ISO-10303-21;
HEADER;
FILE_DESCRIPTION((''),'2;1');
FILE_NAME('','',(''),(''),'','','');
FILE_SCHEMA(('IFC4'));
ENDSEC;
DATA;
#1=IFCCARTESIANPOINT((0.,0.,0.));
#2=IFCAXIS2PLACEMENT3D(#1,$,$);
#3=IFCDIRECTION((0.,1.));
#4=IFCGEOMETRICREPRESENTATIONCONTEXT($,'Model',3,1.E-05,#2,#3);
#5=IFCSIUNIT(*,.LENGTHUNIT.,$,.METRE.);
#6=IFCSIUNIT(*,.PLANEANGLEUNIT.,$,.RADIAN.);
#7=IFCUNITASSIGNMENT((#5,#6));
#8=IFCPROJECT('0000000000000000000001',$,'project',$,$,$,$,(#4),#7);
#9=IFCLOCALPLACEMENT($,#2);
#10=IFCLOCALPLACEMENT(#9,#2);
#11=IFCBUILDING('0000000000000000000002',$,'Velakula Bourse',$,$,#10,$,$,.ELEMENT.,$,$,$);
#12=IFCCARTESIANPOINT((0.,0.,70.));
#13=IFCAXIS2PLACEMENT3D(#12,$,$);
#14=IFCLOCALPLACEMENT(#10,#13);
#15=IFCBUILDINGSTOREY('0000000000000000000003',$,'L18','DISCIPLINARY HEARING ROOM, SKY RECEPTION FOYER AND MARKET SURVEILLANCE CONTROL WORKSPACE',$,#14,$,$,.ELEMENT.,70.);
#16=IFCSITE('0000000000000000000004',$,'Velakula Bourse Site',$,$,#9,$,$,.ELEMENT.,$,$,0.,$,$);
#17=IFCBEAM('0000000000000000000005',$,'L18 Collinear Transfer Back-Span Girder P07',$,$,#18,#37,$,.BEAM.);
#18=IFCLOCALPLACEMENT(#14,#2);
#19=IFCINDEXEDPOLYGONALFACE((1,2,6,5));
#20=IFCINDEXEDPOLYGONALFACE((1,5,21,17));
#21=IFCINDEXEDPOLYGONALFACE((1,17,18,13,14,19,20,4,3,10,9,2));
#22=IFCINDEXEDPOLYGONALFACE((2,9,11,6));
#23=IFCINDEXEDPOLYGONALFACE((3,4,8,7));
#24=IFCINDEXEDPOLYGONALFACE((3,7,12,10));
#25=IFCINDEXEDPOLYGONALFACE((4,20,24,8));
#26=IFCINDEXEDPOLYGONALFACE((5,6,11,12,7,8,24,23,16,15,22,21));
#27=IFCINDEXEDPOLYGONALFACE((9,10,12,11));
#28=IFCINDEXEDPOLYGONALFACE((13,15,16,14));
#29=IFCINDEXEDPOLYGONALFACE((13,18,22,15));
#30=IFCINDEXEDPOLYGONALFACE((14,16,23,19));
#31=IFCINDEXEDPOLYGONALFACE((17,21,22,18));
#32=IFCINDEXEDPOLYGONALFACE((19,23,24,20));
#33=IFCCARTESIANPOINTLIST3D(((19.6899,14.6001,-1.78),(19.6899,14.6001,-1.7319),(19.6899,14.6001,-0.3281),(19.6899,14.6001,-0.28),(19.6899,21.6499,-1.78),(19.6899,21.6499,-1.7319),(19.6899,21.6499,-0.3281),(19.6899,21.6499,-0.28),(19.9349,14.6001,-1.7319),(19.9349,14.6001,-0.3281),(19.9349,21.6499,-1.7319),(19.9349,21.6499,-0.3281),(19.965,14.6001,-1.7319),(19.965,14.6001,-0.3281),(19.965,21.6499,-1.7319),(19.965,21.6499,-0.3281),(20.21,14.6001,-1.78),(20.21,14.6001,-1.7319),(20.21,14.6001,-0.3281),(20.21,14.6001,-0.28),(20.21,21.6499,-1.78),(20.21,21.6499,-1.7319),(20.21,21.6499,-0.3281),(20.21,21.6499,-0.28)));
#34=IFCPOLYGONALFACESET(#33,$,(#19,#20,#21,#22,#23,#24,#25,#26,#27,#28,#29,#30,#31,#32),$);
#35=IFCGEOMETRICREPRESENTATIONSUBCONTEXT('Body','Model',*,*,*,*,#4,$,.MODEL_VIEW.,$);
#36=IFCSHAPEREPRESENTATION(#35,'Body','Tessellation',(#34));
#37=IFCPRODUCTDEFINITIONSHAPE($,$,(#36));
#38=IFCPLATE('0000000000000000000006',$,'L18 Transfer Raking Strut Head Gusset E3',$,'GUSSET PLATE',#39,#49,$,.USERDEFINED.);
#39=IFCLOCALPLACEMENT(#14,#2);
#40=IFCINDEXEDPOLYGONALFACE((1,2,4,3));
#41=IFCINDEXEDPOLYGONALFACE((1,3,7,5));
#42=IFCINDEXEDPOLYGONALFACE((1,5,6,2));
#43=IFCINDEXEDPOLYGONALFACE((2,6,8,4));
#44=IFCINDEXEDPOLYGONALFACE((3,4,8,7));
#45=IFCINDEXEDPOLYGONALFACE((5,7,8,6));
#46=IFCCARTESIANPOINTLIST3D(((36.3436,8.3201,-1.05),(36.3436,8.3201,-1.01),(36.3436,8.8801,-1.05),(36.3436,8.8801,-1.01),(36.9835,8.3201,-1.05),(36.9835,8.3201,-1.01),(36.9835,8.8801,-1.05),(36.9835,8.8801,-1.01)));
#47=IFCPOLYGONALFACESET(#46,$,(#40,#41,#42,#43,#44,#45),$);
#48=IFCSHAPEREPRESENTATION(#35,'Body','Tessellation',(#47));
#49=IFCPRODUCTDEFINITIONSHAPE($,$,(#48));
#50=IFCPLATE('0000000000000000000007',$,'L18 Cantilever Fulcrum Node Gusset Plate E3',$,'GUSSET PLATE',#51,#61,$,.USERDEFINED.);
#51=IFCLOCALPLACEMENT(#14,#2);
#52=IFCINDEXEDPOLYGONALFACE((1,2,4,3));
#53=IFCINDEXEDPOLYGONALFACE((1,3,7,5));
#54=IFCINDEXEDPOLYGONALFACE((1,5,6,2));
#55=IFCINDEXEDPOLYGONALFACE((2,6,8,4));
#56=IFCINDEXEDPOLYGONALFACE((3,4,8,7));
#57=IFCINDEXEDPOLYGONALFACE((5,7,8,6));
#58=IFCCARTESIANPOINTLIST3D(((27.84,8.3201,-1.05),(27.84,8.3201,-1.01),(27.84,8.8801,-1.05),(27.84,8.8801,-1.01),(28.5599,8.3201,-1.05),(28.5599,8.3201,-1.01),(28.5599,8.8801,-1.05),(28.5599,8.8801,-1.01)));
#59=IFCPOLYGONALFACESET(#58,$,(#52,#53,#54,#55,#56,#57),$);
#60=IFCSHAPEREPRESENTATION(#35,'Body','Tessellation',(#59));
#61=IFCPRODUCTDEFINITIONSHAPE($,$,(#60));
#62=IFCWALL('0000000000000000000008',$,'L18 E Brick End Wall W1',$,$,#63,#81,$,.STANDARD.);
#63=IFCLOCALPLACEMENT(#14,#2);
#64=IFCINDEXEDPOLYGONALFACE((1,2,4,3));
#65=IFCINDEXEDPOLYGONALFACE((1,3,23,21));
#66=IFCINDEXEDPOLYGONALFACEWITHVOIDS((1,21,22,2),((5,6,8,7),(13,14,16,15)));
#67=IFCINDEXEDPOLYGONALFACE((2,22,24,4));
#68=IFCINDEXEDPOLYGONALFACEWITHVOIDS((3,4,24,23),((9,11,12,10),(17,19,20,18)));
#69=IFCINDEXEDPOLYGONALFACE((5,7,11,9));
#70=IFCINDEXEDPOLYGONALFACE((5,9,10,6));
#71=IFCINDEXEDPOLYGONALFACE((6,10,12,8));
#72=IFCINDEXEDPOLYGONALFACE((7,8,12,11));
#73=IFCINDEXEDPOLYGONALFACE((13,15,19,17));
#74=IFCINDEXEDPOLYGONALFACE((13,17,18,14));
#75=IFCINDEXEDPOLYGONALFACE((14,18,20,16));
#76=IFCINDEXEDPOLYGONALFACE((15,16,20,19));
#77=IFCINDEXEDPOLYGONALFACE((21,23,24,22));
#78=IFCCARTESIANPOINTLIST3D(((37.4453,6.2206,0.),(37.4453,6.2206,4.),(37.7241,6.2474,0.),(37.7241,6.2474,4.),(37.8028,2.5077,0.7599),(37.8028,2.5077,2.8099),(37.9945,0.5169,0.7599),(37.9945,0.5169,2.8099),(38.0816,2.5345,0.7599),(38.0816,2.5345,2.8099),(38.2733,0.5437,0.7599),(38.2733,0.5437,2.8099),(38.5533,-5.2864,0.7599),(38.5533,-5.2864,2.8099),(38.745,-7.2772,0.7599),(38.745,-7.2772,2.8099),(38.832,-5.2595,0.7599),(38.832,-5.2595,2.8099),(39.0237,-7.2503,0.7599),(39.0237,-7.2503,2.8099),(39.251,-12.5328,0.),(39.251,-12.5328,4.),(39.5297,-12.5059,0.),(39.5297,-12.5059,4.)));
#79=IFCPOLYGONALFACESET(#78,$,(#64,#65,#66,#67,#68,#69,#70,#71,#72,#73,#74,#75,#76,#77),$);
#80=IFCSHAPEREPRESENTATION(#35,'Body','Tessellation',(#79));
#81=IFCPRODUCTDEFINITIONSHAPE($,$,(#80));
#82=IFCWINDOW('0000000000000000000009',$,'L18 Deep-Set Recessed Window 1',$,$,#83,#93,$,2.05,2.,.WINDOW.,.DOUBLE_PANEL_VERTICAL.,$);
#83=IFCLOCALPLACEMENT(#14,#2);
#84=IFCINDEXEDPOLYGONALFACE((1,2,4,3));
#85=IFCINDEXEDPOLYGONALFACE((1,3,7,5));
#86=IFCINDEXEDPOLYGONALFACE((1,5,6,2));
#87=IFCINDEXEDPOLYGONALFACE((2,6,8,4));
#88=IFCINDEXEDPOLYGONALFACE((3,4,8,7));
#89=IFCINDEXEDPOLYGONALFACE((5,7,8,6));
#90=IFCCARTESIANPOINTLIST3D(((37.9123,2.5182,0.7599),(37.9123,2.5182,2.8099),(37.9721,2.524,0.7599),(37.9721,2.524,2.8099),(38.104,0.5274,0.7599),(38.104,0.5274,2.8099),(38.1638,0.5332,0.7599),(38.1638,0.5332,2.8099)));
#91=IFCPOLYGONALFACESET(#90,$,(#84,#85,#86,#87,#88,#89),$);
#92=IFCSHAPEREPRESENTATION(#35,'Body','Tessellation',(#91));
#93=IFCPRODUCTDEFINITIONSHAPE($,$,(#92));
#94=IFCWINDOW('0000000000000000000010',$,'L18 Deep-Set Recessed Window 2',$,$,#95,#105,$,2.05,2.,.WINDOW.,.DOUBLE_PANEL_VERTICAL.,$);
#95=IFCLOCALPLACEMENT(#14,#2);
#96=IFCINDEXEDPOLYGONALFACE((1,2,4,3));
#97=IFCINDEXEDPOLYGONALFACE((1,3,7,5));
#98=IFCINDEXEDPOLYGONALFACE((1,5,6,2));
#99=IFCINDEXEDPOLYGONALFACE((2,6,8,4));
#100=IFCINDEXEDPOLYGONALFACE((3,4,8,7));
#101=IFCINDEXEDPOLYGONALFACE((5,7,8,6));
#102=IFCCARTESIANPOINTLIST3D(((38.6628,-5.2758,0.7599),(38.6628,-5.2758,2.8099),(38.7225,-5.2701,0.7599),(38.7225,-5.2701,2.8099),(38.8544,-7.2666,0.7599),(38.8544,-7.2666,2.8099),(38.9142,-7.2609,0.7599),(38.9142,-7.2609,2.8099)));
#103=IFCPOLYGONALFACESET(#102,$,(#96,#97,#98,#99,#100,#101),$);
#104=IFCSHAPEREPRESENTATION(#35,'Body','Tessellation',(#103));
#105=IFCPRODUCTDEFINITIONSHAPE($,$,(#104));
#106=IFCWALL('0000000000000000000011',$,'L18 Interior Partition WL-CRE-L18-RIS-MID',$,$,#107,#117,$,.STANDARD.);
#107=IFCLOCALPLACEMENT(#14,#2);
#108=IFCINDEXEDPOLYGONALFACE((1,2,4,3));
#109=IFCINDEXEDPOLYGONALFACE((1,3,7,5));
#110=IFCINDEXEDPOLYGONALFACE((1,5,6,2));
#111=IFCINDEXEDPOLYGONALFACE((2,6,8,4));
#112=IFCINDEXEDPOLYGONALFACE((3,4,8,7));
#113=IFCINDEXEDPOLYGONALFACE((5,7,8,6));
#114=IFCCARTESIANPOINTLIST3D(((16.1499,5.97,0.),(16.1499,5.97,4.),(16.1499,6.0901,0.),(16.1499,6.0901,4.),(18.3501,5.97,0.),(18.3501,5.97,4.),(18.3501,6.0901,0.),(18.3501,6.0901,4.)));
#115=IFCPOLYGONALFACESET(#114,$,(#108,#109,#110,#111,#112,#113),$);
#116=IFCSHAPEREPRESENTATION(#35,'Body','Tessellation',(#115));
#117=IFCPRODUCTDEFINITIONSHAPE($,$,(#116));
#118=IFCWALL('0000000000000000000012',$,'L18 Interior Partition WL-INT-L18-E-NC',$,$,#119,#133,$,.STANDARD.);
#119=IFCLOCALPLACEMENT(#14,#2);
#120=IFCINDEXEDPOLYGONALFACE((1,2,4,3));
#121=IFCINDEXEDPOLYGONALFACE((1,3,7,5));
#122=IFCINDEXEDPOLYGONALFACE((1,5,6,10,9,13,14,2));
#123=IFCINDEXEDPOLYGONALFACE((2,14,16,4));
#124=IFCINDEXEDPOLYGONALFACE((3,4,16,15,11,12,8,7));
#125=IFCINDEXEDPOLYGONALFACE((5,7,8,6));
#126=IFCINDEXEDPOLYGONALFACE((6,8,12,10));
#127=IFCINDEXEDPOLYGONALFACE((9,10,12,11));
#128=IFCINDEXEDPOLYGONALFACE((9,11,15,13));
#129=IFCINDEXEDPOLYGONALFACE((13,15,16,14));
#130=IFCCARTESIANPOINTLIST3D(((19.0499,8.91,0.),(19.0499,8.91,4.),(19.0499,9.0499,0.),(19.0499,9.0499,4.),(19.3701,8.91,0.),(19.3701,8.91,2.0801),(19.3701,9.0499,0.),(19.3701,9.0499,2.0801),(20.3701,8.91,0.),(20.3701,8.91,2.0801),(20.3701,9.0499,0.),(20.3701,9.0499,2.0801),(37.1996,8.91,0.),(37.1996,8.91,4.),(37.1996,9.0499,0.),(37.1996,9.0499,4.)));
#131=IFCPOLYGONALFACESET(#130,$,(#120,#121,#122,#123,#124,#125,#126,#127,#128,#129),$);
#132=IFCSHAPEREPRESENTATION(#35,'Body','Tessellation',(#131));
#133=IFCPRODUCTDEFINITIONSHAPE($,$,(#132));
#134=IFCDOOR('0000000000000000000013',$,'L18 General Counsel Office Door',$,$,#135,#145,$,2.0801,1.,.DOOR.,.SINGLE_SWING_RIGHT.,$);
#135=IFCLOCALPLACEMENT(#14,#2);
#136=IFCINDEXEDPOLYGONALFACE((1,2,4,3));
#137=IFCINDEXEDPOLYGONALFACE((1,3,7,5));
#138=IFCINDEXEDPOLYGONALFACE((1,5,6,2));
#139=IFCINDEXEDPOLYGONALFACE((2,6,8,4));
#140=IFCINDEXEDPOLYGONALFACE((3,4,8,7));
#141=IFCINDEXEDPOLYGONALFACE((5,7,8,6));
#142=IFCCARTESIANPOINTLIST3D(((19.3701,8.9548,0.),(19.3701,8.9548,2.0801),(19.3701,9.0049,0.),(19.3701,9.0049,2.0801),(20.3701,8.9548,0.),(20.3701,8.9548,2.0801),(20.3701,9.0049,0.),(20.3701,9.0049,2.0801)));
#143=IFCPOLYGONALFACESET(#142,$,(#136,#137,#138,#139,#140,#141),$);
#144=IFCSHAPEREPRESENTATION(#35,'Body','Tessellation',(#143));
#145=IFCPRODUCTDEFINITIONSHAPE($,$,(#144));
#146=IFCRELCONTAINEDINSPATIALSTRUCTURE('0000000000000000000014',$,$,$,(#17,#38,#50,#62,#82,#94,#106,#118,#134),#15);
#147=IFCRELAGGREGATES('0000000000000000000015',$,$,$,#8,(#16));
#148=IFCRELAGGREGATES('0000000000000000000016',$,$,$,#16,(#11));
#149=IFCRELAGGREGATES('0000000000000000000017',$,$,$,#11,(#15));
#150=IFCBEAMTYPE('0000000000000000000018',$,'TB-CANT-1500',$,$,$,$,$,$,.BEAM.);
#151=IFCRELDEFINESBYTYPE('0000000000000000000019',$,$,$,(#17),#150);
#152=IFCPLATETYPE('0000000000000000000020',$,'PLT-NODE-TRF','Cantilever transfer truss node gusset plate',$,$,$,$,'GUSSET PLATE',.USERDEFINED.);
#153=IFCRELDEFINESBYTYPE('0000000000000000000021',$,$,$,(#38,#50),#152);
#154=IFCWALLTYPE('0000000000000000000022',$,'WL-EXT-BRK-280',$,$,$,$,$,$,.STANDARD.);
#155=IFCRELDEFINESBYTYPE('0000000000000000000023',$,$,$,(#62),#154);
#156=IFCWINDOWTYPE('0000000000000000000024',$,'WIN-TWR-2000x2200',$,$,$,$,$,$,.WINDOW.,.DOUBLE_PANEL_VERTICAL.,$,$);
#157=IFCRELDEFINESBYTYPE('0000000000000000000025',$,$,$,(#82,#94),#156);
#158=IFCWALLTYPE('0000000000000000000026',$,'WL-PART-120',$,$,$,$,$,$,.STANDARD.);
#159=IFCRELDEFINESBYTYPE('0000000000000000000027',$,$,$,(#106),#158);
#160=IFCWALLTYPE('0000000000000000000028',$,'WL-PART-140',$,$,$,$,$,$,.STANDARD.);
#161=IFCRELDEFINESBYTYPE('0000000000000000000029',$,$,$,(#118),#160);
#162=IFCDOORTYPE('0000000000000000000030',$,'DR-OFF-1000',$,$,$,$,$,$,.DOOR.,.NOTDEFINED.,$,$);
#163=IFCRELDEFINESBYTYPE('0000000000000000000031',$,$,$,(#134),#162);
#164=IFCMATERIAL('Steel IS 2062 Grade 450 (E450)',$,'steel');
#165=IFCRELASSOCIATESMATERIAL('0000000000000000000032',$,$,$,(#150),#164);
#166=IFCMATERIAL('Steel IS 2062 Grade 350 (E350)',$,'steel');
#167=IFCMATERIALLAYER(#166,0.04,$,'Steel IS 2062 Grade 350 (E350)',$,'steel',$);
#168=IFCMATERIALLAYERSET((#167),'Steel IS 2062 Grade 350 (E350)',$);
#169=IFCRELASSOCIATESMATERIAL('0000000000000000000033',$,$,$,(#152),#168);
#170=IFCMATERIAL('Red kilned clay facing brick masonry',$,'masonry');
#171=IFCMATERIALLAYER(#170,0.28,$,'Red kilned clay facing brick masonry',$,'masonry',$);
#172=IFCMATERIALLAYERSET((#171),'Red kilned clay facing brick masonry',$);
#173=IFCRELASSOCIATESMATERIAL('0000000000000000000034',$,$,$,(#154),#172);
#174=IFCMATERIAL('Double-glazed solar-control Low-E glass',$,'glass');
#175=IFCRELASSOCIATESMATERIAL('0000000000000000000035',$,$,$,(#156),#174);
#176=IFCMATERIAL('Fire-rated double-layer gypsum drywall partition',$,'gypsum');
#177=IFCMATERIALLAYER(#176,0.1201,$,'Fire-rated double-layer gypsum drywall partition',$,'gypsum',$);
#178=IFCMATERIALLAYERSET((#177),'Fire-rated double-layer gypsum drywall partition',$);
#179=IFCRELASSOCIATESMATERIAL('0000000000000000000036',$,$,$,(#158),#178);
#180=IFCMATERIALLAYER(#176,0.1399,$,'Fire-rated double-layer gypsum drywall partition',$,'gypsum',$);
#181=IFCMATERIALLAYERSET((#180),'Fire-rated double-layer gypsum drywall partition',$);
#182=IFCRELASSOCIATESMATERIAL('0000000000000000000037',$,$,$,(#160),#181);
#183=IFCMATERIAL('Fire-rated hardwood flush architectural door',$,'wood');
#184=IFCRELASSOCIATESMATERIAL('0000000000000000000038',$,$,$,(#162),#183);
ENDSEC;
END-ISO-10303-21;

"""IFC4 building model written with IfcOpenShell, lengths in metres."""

from ifc_helpers import new_model, si_unit, direction, frame, frame_2d, origin, origin_2d, place, context, subcontext, project, spatial, rectangle, i_section, extrude, material, layer, layer_set, material_profile, profile_set, type_object, element, fill, save


model = new_model("IFC4")

# Units and contexts
model_context = context("Model", 3, precision=1e-05, world=origin(), true_north=direction((0.0, 1.0)))
body_context = subcontext(model_context, "Body", "Model", "MODEL_VIEW")
ifc_project = project(units=[si_unit("LENGTHUNIT", "METRE"), si_unit("PLANEANGLEUNIT", "RADIAN")], contexts=[model_context])

# Site, building, storey
site_placement = place(None, origin())
site = spatial("IfcSite", under=ifc_project, at=site_placement, Name="Velakula Bourse Site", CompositionType="ELEMENT", RefElevation=0.0)
building_placement = place(site_placement, origin())
building = spatial("IfcBuilding", under=site, at=building_placement, Name="Velakula Bourse", CompositionType="ELEMENT")
storey_placement = place(building_placement, frame((0.0, 0.0, 70.0)))
storey = spatial("IfcBuildingStorey", under=building, at=storey_placement, Name="L18", Description="DISCIPLINARY HEARING ROOM, SKY RECEPTION FOYER AND MARKET SURVEILLANCE CONTROL WORKSPACE", CompositionType="ELEMENT", Elevation=70.0)

# Shared definitions
ifc_material_1 = material(Name="Steel IS 2062 Grade 450 (E450)", Category="steel")

# Beam
ifc_material_2 = material(Name="Steel IS 2062 Grade 350 (E350)", Category="steel")
ifc_material_profile_1 = material_profile(ifc_material_1, i_section(OverallWidth=0.52, OverallDepth=1.5, WebThickness=0.03, FlangeThickness=0.0481, at=origin_2d()), Name="Steel IS 2062 Grade 450 (E450)")
ifc_profile_set_1 = profile_set([ifc_material_profile_1], Name="Steel IS 2062 Grade 450 (E450)")
beam_type_1 = type_object("IfcBeamType", Name="TB-CANT-1500", PredefinedType="BEAM", material=ifc_profile_set_1)
beam_1_placement = place(storey_placement, frame((19.95, 14.6001, -1.03), z_axis=(0.0, 1.0, 0.0), x_axis=(-1.0, 0.0, 0.0)))
element("IfcBeam", 1, at=beam_1_placement, inside=storey, type_object=beam_type_1, Name="L18 Collinear Transfer Back-Span Girder P07", PredefinedType="BEAM", context=body_context, shape_type="SweptSolid", body=[
    extrude(i_section(OverallWidth=0.52, OverallDepth=1.5, WebThickness=0.03, FlangeThickness=0.0481, at=origin_2d()), origin(), (0.0, 0.0, 1.0), 7.0498),
])

# Plates
ifc_layer_1 = layer(ifc_material_2, 0.04, Name="Steel IS 2062 Grade 350 (E350)", Category="steel")
ifc_layer_set_1 = layer_set([ifc_layer_1], Name="Steel IS 2062 Grade 350 (E350)")
plate_type = type_object("IfcPlateType", Name="PLT-NODE-TRF", Description="Cantilever transfer truss node gusset plate", ElementType="GUSSET PLATE", PredefinedType="USERDEFINED", material=ifc_layer_set_1)
plate_1_placement = place(storey_placement, frame((36.6636, 8.6001, -1.05), z_axis=(0.0, 0.0, 1.0), x_axis=(1.0, 0.0, 0.0)))
element("IfcPlate", 2, at=plate_1_placement, inside=storey, type_object=plate_type, Name="L18 Transfer Raking Strut Head Gusset E3", ObjectType="GUSSET PLATE", PredefinedType="USERDEFINED", context=body_context, shape_type="SweptSolid", body=[
    extrude(rectangle(XDim=0.6399, YDim=0.5601, at=origin_2d()), origin(), (0.0, 0.0, 1.0), 0.04),
])
plate_2_placement = place(storey_placement, frame((28.2, 8.6001, -1.05), z_axis=(0.0, 0.0, 1.0), x_axis=(1.0, 0.0, 0.0)))
element("IfcPlate", 3, at=plate_2_placement, inside=storey, type_object=plate_type, Name="L18 Cantilever Fulcrum Node Gusset Plate E3", ObjectType="GUSSET PLATE", PredefinedType="USERDEFINED", context=body_context, shape_type="SweptSolid", body=[
    extrude(rectangle(XDim=0.72, YDim=0.5601, at=origin_2d()), origin(), (0.0, 0.0, 1.0), 0.04),
])

# Wall, openings, windows
ifc_material_3 = material(Name="Red kilned clay facing brick masonry", Category="masonry")
ifc_layer_2 = layer(ifc_material_3, 0.28, Name="Red kilned clay facing brick masonry", Category="masonry")
ifc_layer_set_2 = layer_set([ifc_layer_2], Name="Red kilned clay facing brick masonry")
wall_type_1 = type_object("IfcWallType", Name="WL-EXT-BRK-280", PredefinedType="STANDARD", material=ifc_layer_set_2)
wall_1_placement = place(storey_placement, frame((37.5847, 6.2339, 0.0), z_axis=(0.0, 0.0, 1.0), x_axis=(0.095841, -0.995397, 0.0)))
wall_1 = element("IfcWall", 4, at=wall_1_placement, inside=storey, type_object=wall_type_1, Name="L18 E Brick End Wall W1", PredefinedType="STANDARD", context=body_context, shape_type="SweptSolid", body=[
    extrude(rectangle(XDim=18.8401, YDim=0.28, at=frame_2d((9.4199, 0.0))), origin(), (0.0, 0.0, 1.0), 4.0),
])
opening_1_placement = place(wall_1_placement, frame((3.73, 0.0, 0.76)))
opening_1 = element("IfcOpeningElement", 5, at=opening_1_placement, cuts=wall_1, PredefinedType="OPENING", context=body_context, shape_type="SweptSolid", body=[
    extrude(rectangle(XDim=2.0, YDim=2.05, at=frame_2d((1.0, 1.0249))), frame((0.0, 0.1499, 0.0), z_axis=(0.0, -1.0, 0.0), x_axis=(1.0, 0.0, 0.0)), (0.0, 0.0, 1.0), 0.3),
])
opening_2_placement = place(wall_1_placement, frame((11.5601, 0.0, 0.76)))
opening_2 = element("IfcOpeningElement", 6, at=opening_2_placement, cuts=wall_1, PredefinedType="OPENING", context=body_context, shape_type="SweptSolid", body=[
    extrude(rectangle(XDim=2.0, YDim=2.05, at=frame_2d((1.0, 1.0249))), frame((0.0, 0.1499, 0.0), z_axis=(0.0, -1.0, 0.0), x_axis=(1.0, 0.0, 0.0)), (0.0, 0.0, 1.0), 0.3),
])
ifc_material_4 = material(Name="Double-glazed solar-control Low-E glass", Category="glass")
window_type = type_object("IfcWindowType", Name="WIN-TWR-2000x2200", PartitioningType="DOUBLE_PANEL_VERTICAL", PredefinedType="WINDOW", material=ifc_material_4)
window_1_placement = place(opening_1_placement, origin())
window_1 = element("IfcWindow", 7, at=window_1_placement, inside=storey, type_object=window_type, Name="L18 Deep-Set Recessed Window 1", OverallHeight=2.05, OverallWidth=2.0, PartitioningType="DOUBLE_PANEL_VERTICAL", PredefinedType="WINDOW", context=body_context, shape_type="SweptSolid", body=[
    extrude(rectangle(XDim=2.0, YDim=2.05, at=frame_2d((1.0, 1.0249))), frame((0.0, 0.03, 0.0), z_axis=(0.0, -1.0, 0.0), x_axis=(1.0, 0.0, 0.0)), (0.0, 0.0, 1.0), 0.0601),
])
fill(opening_1, window_1)
window_2_placement = place(opening_2_placement, origin())
window_2 = element("IfcWindow", 8, at=window_2_placement, inside=storey, type_object=window_type, Name="L18 Deep-Set Recessed Window 2", OverallHeight=2.05, OverallWidth=2.0, PartitioningType="DOUBLE_PANEL_VERTICAL", PredefinedType="WINDOW", context=body_context, shape_type="SweptSolid", body=[
    extrude(rectangle(XDim=2.0, YDim=2.05, at=frame_2d((1.0, 1.0249))), frame((0.0, 0.03, 0.0), z_axis=(0.0, -1.0, 0.0), x_axis=(1.0, 0.0, 0.0)), (0.0, 0.0, 1.0), 0.0601),
])
fill(opening_2, window_2)

# Wall
ifc_material_5 = material(Name="Fire-rated double-layer gypsum drywall partition", Category="gypsum")
ifc_layer_3 = layer(ifc_material_5, 0.1201, Name="Fire-rated double-layer gypsum drywall partition", Category="gypsum")
ifc_layer_set_3 = layer_set([ifc_layer_3], Name="Fire-rated double-layer gypsum drywall partition")
wall_type_2 = type_object("IfcWallType", Name="WL-PART-120", PredefinedType="STANDARD", material=ifc_layer_set_3)
wall_2_placement = place(storey_placement, frame((16.1499, 6.03, 0.0), z_axis=(0.0, 0.0, 1.0), x_axis=(1.0, 0.0, 0.0)))
element("IfcWall", 9, at=wall_2_placement, inside=storey, type_object=wall_type_2, Name="L18 Interior Partition WL-CRE-L18-RIS-MID", PredefinedType="STANDARD", context=body_context, shape_type="SweptSolid", body=[
    extrude(rectangle(XDim=2.2002, YDim=0.1201, at=frame_2d((1.1001, 0.0))), origin(), (0.0, 0.0, 1.0), 4.0),
])

# Wall, opening, door
ifc_layer_4 = layer(ifc_material_5, 0.1399, Name="Fire-rated double-layer gypsum drywall partition", Category="gypsum")
ifc_layer_set_4 = layer_set([ifc_layer_4], Name="Fire-rated double-layer gypsum drywall partition")
wall_type_3 = type_object("IfcWallType", Name="WL-PART-140", PredefinedType="STANDARD", material=ifc_layer_set_4)
wall_3_placement = place(storey_placement, frame((19.05, 8.98, 0.0), z_axis=(0.0, 0.0, 1.0), x_axis=(1.0, 0.0, 0.0)))
wall_3 = element("IfcWall", 10, at=wall_3_placement, inside=storey, type_object=wall_type_3, Name="L18 Interior Partition WL-INT-L18-E-NC", PredefinedType="STANDARD", context=body_context, shape_type="SweptSolid", body=[
    extrude(rectangle(XDim=18.1497, YDim=0.1399, at=frame_2d((9.0747, 0.0))), origin(), (0.0, 0.0, 1.0), 4.0),
])
opening_3_placement = place(wall_3_placement, frame((0.3201, 0.0, 0.0)))
opening_3 = element("IfcOpeningElement", 11, at=opening_3_placement, cuts=wall_3, PredefinedType="OPENING", context=body_context, shape_type="SweptSolid", body=[
    extrude(rectangle(XDim=1.0, YDim=2.0801, at=frame_2d((0.5, 1.04))), frame((0.0, 0.0798, 0.0), z_axis=(0.0, -1.0, 0.0), x_axis=(1.0, 0.0, 0.0)), (0.0, 0.0, 1.0), 0.1599),
])
ifc_material_6 = material(Name="Fire-rated hardwood flush architectural door", Category="wood")
door_type = type_object("IfcDoorType", Name="DR-OFF-1000", OperationType="NOTDEFINED", PredefinedType="DOOR", material=ifc_material_6)
door_placement = place(opening_3_placement, origin())
door = element("IfcDoor", 12, at=door_placement, inside=storey, type_object=door_type, Name="L18 General Counsel Office Door", OperationType="SINGLE_SWING_RIGHT", OverallHeight=2.0801, OverallWidth=1.0, PredefinedType="DOOR", context=body_context, shape_type="SweptSolid", body=[
    extrude(rectangle(XDim=1.0, YDim=2.0801, at=frame_2d((0.5, 1.04))), frame((0.0, 0.0249, 0.0), z_axis=(0.0, -1.0, 0.0), x_axis=(1.0, 0.0, 0.0)), (0.0, 0.0, 1.0), 0.05),
])
fill(opening_3, door)

save(model, "model.ifc")
